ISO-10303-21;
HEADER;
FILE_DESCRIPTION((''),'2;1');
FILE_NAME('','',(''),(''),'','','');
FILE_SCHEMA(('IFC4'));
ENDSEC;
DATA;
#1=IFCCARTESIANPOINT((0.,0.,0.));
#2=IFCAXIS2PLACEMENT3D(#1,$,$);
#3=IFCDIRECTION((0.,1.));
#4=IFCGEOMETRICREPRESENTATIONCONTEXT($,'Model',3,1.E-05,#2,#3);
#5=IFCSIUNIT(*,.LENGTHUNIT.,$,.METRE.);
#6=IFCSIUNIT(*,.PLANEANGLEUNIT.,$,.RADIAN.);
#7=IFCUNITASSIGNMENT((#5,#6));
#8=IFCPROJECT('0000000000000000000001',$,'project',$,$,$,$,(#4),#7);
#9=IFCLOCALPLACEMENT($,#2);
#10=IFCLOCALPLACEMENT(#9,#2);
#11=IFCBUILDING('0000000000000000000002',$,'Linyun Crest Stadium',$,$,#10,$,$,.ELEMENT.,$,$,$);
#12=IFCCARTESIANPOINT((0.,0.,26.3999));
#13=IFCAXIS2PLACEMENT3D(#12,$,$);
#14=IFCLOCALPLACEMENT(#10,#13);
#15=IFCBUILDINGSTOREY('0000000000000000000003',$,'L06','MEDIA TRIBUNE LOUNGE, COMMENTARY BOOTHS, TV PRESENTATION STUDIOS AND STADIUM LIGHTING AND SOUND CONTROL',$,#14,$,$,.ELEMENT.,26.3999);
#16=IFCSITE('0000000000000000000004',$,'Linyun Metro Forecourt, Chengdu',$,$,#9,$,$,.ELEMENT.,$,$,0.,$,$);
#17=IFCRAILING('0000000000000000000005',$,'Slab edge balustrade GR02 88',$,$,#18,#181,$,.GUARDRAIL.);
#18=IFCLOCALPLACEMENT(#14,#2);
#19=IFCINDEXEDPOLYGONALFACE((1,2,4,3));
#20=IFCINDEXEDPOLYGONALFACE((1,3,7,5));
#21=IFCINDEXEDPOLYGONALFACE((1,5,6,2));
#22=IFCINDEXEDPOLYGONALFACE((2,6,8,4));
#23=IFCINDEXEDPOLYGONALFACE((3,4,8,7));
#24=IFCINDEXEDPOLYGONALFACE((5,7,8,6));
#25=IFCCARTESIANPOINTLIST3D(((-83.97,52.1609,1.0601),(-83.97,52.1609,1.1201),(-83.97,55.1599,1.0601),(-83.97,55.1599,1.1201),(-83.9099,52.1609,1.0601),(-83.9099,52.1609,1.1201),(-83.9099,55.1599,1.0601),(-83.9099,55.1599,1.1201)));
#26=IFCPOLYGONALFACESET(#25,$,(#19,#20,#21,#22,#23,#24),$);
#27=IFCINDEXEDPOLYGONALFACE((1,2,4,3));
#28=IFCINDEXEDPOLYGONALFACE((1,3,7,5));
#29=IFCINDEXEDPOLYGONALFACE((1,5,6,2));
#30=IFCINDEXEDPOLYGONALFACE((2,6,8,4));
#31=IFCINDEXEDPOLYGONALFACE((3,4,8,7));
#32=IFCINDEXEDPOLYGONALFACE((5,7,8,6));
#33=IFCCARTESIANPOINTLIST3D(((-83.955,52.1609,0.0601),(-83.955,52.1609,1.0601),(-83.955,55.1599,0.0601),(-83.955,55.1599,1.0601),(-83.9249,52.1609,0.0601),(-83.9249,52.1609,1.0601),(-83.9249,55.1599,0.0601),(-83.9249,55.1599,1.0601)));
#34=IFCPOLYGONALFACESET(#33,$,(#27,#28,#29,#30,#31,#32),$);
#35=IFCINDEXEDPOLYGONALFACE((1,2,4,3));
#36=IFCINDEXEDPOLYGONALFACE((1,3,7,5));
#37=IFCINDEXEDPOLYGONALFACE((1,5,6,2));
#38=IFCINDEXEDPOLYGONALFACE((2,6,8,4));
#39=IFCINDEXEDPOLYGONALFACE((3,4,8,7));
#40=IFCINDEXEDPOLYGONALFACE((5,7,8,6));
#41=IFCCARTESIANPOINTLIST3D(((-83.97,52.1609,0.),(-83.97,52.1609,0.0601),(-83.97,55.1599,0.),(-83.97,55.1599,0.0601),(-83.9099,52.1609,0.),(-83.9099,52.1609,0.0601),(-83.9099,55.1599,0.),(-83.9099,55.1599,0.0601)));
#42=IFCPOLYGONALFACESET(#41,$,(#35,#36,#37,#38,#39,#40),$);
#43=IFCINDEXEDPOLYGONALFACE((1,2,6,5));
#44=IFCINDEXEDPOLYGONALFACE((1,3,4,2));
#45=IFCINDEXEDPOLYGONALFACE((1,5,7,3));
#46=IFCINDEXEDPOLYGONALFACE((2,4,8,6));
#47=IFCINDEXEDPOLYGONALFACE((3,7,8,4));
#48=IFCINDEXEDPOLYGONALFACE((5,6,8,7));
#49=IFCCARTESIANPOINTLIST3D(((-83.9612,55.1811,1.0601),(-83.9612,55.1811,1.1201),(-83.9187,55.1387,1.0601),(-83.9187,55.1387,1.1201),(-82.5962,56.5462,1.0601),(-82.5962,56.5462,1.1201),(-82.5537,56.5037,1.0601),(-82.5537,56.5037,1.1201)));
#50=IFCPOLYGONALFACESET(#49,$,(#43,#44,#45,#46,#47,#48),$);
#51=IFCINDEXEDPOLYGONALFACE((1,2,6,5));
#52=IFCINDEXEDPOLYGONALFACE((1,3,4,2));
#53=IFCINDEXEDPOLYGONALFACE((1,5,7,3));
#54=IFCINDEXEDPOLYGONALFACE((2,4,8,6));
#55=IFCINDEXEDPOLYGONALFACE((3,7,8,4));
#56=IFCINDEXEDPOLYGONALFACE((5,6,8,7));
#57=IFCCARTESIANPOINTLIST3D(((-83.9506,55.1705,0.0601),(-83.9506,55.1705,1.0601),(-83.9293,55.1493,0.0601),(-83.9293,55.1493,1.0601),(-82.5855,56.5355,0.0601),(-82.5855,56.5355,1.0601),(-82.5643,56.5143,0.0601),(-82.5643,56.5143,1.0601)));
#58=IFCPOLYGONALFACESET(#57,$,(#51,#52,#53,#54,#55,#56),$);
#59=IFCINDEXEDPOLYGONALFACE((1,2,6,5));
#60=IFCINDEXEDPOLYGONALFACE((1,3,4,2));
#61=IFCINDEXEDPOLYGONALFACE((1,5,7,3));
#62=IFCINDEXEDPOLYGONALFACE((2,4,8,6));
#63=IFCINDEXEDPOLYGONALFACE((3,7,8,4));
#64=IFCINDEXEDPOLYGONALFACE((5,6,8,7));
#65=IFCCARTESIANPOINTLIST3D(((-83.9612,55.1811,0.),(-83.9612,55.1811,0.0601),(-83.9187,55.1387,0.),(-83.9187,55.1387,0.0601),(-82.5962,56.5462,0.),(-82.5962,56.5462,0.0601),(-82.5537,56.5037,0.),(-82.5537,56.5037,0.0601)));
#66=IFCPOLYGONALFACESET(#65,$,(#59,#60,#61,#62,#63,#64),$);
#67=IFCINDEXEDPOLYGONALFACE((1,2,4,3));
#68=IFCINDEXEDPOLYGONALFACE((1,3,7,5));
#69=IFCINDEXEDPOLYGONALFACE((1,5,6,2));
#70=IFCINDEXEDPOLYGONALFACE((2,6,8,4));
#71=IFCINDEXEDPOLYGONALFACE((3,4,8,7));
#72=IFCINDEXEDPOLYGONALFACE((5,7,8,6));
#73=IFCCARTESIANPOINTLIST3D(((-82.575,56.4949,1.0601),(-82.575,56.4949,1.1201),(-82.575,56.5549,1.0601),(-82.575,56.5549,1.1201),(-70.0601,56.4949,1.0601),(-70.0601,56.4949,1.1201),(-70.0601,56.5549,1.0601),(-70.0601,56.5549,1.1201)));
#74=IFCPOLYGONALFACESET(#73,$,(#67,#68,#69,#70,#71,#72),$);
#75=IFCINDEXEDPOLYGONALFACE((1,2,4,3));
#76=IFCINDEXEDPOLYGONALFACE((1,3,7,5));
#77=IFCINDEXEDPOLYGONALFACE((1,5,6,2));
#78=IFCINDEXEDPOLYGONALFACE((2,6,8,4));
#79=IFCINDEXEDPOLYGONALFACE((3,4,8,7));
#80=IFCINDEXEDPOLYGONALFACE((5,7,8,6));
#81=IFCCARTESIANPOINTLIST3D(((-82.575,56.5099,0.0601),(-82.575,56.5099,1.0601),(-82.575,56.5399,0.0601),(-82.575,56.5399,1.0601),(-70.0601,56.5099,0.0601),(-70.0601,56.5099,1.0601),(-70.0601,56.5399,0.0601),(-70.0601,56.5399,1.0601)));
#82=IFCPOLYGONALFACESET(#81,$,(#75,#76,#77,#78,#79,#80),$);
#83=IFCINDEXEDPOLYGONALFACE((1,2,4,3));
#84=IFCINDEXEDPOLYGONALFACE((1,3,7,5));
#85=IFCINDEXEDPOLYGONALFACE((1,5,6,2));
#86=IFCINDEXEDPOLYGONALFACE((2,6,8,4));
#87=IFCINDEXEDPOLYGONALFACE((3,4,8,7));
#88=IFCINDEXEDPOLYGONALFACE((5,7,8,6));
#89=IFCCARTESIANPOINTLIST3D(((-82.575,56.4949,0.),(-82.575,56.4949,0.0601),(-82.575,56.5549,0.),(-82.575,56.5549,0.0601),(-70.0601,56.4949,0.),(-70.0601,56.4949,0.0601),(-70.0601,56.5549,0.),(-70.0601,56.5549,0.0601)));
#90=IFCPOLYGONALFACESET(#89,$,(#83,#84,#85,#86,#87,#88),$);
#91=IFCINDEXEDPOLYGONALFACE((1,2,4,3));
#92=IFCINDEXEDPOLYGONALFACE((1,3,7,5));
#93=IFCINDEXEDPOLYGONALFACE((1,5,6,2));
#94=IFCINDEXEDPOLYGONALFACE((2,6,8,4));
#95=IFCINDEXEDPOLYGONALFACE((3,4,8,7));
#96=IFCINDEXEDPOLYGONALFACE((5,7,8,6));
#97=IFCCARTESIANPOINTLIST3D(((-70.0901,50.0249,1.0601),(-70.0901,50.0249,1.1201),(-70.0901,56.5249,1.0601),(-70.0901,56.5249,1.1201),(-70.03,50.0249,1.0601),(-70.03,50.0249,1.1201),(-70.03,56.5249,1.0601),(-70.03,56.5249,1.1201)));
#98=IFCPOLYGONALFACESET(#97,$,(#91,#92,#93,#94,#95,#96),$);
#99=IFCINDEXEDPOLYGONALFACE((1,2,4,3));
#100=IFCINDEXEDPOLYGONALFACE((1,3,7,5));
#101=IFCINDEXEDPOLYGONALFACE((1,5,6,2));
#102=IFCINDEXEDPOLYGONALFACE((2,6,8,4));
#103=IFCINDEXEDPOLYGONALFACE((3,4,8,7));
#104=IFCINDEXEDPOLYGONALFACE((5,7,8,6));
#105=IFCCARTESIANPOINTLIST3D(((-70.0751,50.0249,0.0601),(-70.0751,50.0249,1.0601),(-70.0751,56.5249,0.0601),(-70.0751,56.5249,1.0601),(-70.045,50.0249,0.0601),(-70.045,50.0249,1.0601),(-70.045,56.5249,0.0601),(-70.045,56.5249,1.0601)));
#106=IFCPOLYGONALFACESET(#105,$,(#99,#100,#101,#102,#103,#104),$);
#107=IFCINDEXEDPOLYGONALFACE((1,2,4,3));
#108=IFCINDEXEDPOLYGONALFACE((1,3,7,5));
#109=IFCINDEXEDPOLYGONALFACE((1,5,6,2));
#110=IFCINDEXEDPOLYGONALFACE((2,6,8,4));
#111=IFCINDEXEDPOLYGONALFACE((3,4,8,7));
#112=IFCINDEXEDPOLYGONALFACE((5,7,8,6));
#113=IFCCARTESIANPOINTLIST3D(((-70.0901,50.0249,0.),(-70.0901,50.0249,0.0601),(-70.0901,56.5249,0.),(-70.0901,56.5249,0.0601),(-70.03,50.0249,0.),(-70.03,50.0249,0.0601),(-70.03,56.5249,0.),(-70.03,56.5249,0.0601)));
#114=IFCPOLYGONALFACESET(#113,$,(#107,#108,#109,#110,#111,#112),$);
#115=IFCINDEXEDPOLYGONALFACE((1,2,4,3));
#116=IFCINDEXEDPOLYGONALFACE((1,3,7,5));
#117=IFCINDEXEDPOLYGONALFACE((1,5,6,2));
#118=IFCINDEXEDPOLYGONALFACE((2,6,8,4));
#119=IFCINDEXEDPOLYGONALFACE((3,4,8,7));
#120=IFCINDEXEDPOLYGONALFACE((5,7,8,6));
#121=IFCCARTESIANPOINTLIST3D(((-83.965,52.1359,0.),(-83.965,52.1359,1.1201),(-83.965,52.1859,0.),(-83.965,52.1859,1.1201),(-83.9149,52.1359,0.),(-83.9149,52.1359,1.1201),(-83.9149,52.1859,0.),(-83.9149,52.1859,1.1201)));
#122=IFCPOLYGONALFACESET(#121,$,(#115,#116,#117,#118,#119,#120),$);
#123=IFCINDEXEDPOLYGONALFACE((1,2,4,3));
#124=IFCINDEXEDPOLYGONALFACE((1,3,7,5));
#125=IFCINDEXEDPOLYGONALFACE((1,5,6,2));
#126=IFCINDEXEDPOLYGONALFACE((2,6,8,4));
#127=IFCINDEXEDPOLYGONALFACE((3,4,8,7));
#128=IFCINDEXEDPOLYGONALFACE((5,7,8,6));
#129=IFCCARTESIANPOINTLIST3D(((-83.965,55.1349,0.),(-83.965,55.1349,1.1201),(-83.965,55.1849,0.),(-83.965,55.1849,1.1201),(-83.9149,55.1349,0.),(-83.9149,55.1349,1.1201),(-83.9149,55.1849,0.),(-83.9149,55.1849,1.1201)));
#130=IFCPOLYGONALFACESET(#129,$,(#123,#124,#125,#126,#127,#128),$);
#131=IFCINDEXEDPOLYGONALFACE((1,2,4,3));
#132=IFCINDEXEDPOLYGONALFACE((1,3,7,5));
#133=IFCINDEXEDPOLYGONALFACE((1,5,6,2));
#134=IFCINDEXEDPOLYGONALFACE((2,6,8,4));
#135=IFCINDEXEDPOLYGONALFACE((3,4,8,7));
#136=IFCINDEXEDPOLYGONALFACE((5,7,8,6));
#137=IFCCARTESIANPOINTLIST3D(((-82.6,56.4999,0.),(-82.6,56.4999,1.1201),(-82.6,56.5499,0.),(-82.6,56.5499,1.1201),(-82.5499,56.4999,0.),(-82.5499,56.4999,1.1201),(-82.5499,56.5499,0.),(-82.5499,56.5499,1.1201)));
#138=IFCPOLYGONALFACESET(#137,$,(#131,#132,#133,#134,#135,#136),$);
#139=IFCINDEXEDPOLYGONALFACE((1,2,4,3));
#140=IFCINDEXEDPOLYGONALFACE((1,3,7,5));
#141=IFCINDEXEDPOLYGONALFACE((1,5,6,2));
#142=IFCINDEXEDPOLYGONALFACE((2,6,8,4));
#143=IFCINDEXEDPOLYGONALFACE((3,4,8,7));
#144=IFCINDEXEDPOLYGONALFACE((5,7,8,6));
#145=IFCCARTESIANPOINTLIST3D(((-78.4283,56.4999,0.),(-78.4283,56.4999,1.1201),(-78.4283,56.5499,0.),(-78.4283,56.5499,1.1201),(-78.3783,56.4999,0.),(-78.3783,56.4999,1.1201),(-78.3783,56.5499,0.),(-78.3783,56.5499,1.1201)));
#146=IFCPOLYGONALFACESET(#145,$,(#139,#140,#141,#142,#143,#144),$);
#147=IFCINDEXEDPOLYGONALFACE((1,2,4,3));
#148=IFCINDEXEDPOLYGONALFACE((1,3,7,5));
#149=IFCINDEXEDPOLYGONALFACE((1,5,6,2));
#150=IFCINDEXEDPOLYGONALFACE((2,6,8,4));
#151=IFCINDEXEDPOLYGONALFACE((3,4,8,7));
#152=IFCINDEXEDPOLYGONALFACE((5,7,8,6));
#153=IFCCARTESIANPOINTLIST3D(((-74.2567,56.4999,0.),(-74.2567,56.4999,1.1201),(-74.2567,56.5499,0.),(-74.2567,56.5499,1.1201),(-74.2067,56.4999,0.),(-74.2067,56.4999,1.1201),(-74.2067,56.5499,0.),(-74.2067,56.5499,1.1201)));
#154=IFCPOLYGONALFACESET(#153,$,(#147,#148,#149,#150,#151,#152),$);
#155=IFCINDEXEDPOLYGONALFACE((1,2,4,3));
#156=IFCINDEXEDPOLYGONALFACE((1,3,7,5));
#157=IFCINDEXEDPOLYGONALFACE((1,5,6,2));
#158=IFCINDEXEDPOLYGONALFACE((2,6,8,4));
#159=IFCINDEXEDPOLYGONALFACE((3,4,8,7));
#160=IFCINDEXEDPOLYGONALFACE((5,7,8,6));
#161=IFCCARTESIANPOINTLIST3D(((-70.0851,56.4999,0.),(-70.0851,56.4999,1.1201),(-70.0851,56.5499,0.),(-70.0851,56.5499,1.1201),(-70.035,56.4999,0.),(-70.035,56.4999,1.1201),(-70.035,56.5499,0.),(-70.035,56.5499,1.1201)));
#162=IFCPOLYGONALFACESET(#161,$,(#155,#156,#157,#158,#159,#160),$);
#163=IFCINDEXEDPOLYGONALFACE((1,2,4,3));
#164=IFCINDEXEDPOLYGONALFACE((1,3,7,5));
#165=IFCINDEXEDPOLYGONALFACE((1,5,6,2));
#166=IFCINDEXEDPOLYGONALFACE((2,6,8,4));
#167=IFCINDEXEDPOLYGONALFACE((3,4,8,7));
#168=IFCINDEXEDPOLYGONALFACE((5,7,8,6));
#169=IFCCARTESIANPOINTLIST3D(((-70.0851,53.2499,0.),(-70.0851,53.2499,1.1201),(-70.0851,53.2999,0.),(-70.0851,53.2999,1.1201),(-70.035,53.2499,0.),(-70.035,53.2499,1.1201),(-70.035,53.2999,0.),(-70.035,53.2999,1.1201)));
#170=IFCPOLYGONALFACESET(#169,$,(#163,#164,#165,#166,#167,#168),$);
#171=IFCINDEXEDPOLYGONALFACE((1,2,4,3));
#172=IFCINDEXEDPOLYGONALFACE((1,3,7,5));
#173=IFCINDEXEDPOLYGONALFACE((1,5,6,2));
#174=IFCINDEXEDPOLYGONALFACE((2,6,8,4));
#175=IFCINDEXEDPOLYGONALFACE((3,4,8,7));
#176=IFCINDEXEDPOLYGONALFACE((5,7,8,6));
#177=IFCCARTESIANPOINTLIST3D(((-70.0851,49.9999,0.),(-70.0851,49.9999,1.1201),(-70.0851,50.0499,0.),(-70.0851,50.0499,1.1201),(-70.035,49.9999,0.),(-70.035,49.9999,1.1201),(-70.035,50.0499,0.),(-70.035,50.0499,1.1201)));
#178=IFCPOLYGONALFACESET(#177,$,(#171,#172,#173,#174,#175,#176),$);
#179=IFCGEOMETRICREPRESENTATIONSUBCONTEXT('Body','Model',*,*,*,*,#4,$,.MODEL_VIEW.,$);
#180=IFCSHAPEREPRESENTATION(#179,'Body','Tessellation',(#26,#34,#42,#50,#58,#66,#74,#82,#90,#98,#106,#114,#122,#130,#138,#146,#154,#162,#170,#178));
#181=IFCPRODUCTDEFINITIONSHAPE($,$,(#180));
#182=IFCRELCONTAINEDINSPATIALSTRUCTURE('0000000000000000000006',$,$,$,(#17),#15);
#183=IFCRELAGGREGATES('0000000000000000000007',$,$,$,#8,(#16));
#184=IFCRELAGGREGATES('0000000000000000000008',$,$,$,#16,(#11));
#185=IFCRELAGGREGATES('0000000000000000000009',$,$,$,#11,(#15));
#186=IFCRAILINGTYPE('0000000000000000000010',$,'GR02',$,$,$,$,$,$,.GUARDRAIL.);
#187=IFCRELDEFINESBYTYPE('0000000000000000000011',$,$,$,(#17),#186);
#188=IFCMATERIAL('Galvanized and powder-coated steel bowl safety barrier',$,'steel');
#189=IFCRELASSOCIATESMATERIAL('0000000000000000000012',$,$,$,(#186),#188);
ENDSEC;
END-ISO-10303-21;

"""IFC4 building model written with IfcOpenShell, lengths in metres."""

from ifc_helpers import new_model, si_unit, direction, frame, origin, origin_2d, place, context, subcontext, project, spatial, rectangle, extrude, material, type_object, element, save


model = new_model("IFC4")

# Units and contexts
model_context = context("Model", 3, precision=1e-05, world=origin(), true_north=direction((0.0, 1.0)))
body_context = subcontext(model_context, "Body", "Model", "MODEL_VIEW")
ifc_project = project(units=[si_unit("LENGTHUNIT", "METRE"), si_unit("PLANEANGLEUNIT", "RADIAN")], contexts=[model_context])

# Site, building, storey
site_placement = place(None, origin())
site = spatial("IfcSite", under=ifc_project, at=site_placement, Name="Linyun Metro Forecourt, Chengdu", CompositionType="ELEMENT", RefElevation=0.0)
building_placement = place(site_placement, origin())
building = spatial("IfcBuilding", under=site, at=building_placement, Name="Linyun Crest Stadium", CompositionType="ELEMENT")
storey_placement = place(building_placement, frame((0.0, 0.0, 26.3999)))
storey = spatial("IfcBuildingStorey", under=building, at=storey_placement, Name="L06", Description="MEDIA TRIBUNE LOUNGE, COMMENTARY BOOTHS, TV PRESENTATION STUDIOS AND STADIUM LIGHTING AND SOUND CONTROL", CompositionType="ELEMENT", Elevation=26.3999)

# Railing
ifc_material_1 = material(Name="Galvanized and powder-coated steel bowl safety barrier", Category="steel")
railing_type_1 = type_object("IfcRailingType", Name="GR02", PredefinedType="GUARDRAIL", material=ifc_material_1)
railing_1_placement = place(storey_placement, frame((-83.9399, 52.1609, 0.0)))
element("IfcRailing", 1, at=railing_1_placement, inside=storey, type_object=railing_type_1, Name="Slab edge balustrade GR02 88", PredefinedType="GUARDRAIL", context=body_context, shape_type="SweptSolid", body=[
    extrude(rectangle(XDim=0.0601, YDim=0.0601, at=origin_2d()), frame((0.0, 0.0, 1.0901), z_axis=(0.0, 1.0, 0.0), x_axis=(-1.0, 0.0, 0.0)), (0.0, 0.0, 1.0), 2.999),
    extrude(rectangle(XDim=0.03, YDim=1.0, at=origin_2d()), frame((0.0, 0.0, 0.5601), z_axis=(0.0, 1.0, 0.0), x_axis=(-1.0, 0.0, 0.0)), (0.0, 0.0, 1.0), 2.999),
    extrude(rectangle(XDim=0.0601, YDim=0.0601, at=origin_2d()), frame((0.0, 0.0, 0.03), z_axis=(0.0, 1.0, 0.0), x_axis=(-1.0, 0.0, 0.0)), (0.0, 0.0, 1.0), 2.999),
    extrude(rectangle(XDim=0.0601, YDim=0.0601, at=origin_2d()), frame((0.0, 2.999, 1.0901), z_axis=(0.707107, 0.707107, 0.0), x_axis=(-0.707107, 0.707107, 0.0)), (0.0, 0.0, 1.0), 1.9304),
    extrude(rectangle(XDim=0.03, YDim=1.0, at=origin_2d()), frame((0.0, 2.999, 0.5601), z_axis=(0.707107, 0.707107, 0.0), x_axis=(-0.707107, 0.707107, 0.0)), (0.0, 0.0, 1.0), 1.9304),
    extrude(rectangle(XDim=0.0601, YDim=0.0601, at=origin_2d()), frame((0.0, 2.999, 0.03), z_axis=(0.707107, 0.707107, 0.0), x_axis=(-0.707107, 0.707107, 0.0)), (0.0, 0.0, 1.0), 1.9304),
    extrude(rectangle(XDim=0.0601, YDim=0.0601, at=origin_2d()), frame((1.365, 4.364, 1.0901), z_axis=(1.0, 0.0, 0.0), x_axis=(0.0, 1.0, 0.0)), (0.0, 0.0, 1.0), 12.5149),
    extrude(rectangle(XDim=0.03, YDim=1.0, at=origin_2d()), frame((1.365, 4.364, 0.5601), z_axis=(1.0, 0.0, 0.0), x_axis=(0.0, 1.0, 0.0)), (0.0, 0.0, 1.0), 12.5149),
    extrude(rectangle(XDim=0.0601, YDim=0.0601, at=origin_2d()), frame((1.365, 4.364, 0.03), z_axis=(1.0, 0.0, 0.0), x_axis=(0.0, 1.0, 0.0)), (0.0, 0.0, 1.0), 12.5149),
    extrude(rectangle(XDim=0.0601, YDim=0.0601, at=origin_2d()), frame((13.8799, 4.364, 1.0901), z_axis=(0.0, -1.0, 0.0), x_axis=(1.0, 0.0, 0.0)), (0.0, 0.0, 1.0), 6.5),
    extrude(rectangle(XDim=0.03, YDim=1.0, at=origin_2d()), frame((13.8799, 4.364, 0.5601), z_axis=(0.0, -1.0, 0.0), x_axis=(1.0, 0.0, 0.0)), (0.0, 0.0, 1.0), 6.5),
    extrude(rectangle(XDim=0.0601, YDim=0.0601, at=origin_2d()), frame((13.8799, 4.364, 0.03), z_axis=(0.0, -1.0, 0.0), x_axis=(1.0, 0.0, 0.0)), (0.0, 0.0, 1.0), 6.5),
    extrude(rectangle(XDim=0.05, YDim=0.05, at=origin_2d()), origin(), (0.0, 0.0, 1.0), 1.1201),
    extrude(rectangle(XDim=0.05, YDim=0.05, at=origin_2d()), frame((0.0, 2.999, 0.0)), (0.0, 0.0, 1.0), 1.1201),
    extrude(rectangle(XDim=0.05, YDim=0.05, at=origin_2d()), frame((1.365, 4.364, 0.0)), (0.0, 0.0, 1.0), 1.1201),
    extrude(rectangle(XDim=0.05, YDim=0.05, at=origin_2d()), frame((5.5366, 4.364, 0.0)), (0.0, 0.0, 1.0), 1.1201),
    extrude(rectangle(XDim=0.05, YDim=0.05, at=origin_2d()), frame((9.7083, 4.364, 0.0)), (0.0, 0.0, 1.0), 1.1201),
    extrude(rectangle(XDim=0.05, YDim=0.05, at=origin_2d()), frame((13.8799, 4.364, 0.0)), (0.0, 0.0, 1.0), 1.1201),
    extrude(rectangle(XDim=0.05, YDim=0.05, at=origin_2d()), frame((13.8799, 1.114, 0.0)), (0.0, 0.0, 1.0), 1.1201),
    extrude(rectangle(XDim=0.05, YDim=0.05, at=origin_2d()), frame((13.8799, -2.136, 0.0)), (0.0, 0.0, 1.0), 1.1201),
])

save(model, "model.ifc")
